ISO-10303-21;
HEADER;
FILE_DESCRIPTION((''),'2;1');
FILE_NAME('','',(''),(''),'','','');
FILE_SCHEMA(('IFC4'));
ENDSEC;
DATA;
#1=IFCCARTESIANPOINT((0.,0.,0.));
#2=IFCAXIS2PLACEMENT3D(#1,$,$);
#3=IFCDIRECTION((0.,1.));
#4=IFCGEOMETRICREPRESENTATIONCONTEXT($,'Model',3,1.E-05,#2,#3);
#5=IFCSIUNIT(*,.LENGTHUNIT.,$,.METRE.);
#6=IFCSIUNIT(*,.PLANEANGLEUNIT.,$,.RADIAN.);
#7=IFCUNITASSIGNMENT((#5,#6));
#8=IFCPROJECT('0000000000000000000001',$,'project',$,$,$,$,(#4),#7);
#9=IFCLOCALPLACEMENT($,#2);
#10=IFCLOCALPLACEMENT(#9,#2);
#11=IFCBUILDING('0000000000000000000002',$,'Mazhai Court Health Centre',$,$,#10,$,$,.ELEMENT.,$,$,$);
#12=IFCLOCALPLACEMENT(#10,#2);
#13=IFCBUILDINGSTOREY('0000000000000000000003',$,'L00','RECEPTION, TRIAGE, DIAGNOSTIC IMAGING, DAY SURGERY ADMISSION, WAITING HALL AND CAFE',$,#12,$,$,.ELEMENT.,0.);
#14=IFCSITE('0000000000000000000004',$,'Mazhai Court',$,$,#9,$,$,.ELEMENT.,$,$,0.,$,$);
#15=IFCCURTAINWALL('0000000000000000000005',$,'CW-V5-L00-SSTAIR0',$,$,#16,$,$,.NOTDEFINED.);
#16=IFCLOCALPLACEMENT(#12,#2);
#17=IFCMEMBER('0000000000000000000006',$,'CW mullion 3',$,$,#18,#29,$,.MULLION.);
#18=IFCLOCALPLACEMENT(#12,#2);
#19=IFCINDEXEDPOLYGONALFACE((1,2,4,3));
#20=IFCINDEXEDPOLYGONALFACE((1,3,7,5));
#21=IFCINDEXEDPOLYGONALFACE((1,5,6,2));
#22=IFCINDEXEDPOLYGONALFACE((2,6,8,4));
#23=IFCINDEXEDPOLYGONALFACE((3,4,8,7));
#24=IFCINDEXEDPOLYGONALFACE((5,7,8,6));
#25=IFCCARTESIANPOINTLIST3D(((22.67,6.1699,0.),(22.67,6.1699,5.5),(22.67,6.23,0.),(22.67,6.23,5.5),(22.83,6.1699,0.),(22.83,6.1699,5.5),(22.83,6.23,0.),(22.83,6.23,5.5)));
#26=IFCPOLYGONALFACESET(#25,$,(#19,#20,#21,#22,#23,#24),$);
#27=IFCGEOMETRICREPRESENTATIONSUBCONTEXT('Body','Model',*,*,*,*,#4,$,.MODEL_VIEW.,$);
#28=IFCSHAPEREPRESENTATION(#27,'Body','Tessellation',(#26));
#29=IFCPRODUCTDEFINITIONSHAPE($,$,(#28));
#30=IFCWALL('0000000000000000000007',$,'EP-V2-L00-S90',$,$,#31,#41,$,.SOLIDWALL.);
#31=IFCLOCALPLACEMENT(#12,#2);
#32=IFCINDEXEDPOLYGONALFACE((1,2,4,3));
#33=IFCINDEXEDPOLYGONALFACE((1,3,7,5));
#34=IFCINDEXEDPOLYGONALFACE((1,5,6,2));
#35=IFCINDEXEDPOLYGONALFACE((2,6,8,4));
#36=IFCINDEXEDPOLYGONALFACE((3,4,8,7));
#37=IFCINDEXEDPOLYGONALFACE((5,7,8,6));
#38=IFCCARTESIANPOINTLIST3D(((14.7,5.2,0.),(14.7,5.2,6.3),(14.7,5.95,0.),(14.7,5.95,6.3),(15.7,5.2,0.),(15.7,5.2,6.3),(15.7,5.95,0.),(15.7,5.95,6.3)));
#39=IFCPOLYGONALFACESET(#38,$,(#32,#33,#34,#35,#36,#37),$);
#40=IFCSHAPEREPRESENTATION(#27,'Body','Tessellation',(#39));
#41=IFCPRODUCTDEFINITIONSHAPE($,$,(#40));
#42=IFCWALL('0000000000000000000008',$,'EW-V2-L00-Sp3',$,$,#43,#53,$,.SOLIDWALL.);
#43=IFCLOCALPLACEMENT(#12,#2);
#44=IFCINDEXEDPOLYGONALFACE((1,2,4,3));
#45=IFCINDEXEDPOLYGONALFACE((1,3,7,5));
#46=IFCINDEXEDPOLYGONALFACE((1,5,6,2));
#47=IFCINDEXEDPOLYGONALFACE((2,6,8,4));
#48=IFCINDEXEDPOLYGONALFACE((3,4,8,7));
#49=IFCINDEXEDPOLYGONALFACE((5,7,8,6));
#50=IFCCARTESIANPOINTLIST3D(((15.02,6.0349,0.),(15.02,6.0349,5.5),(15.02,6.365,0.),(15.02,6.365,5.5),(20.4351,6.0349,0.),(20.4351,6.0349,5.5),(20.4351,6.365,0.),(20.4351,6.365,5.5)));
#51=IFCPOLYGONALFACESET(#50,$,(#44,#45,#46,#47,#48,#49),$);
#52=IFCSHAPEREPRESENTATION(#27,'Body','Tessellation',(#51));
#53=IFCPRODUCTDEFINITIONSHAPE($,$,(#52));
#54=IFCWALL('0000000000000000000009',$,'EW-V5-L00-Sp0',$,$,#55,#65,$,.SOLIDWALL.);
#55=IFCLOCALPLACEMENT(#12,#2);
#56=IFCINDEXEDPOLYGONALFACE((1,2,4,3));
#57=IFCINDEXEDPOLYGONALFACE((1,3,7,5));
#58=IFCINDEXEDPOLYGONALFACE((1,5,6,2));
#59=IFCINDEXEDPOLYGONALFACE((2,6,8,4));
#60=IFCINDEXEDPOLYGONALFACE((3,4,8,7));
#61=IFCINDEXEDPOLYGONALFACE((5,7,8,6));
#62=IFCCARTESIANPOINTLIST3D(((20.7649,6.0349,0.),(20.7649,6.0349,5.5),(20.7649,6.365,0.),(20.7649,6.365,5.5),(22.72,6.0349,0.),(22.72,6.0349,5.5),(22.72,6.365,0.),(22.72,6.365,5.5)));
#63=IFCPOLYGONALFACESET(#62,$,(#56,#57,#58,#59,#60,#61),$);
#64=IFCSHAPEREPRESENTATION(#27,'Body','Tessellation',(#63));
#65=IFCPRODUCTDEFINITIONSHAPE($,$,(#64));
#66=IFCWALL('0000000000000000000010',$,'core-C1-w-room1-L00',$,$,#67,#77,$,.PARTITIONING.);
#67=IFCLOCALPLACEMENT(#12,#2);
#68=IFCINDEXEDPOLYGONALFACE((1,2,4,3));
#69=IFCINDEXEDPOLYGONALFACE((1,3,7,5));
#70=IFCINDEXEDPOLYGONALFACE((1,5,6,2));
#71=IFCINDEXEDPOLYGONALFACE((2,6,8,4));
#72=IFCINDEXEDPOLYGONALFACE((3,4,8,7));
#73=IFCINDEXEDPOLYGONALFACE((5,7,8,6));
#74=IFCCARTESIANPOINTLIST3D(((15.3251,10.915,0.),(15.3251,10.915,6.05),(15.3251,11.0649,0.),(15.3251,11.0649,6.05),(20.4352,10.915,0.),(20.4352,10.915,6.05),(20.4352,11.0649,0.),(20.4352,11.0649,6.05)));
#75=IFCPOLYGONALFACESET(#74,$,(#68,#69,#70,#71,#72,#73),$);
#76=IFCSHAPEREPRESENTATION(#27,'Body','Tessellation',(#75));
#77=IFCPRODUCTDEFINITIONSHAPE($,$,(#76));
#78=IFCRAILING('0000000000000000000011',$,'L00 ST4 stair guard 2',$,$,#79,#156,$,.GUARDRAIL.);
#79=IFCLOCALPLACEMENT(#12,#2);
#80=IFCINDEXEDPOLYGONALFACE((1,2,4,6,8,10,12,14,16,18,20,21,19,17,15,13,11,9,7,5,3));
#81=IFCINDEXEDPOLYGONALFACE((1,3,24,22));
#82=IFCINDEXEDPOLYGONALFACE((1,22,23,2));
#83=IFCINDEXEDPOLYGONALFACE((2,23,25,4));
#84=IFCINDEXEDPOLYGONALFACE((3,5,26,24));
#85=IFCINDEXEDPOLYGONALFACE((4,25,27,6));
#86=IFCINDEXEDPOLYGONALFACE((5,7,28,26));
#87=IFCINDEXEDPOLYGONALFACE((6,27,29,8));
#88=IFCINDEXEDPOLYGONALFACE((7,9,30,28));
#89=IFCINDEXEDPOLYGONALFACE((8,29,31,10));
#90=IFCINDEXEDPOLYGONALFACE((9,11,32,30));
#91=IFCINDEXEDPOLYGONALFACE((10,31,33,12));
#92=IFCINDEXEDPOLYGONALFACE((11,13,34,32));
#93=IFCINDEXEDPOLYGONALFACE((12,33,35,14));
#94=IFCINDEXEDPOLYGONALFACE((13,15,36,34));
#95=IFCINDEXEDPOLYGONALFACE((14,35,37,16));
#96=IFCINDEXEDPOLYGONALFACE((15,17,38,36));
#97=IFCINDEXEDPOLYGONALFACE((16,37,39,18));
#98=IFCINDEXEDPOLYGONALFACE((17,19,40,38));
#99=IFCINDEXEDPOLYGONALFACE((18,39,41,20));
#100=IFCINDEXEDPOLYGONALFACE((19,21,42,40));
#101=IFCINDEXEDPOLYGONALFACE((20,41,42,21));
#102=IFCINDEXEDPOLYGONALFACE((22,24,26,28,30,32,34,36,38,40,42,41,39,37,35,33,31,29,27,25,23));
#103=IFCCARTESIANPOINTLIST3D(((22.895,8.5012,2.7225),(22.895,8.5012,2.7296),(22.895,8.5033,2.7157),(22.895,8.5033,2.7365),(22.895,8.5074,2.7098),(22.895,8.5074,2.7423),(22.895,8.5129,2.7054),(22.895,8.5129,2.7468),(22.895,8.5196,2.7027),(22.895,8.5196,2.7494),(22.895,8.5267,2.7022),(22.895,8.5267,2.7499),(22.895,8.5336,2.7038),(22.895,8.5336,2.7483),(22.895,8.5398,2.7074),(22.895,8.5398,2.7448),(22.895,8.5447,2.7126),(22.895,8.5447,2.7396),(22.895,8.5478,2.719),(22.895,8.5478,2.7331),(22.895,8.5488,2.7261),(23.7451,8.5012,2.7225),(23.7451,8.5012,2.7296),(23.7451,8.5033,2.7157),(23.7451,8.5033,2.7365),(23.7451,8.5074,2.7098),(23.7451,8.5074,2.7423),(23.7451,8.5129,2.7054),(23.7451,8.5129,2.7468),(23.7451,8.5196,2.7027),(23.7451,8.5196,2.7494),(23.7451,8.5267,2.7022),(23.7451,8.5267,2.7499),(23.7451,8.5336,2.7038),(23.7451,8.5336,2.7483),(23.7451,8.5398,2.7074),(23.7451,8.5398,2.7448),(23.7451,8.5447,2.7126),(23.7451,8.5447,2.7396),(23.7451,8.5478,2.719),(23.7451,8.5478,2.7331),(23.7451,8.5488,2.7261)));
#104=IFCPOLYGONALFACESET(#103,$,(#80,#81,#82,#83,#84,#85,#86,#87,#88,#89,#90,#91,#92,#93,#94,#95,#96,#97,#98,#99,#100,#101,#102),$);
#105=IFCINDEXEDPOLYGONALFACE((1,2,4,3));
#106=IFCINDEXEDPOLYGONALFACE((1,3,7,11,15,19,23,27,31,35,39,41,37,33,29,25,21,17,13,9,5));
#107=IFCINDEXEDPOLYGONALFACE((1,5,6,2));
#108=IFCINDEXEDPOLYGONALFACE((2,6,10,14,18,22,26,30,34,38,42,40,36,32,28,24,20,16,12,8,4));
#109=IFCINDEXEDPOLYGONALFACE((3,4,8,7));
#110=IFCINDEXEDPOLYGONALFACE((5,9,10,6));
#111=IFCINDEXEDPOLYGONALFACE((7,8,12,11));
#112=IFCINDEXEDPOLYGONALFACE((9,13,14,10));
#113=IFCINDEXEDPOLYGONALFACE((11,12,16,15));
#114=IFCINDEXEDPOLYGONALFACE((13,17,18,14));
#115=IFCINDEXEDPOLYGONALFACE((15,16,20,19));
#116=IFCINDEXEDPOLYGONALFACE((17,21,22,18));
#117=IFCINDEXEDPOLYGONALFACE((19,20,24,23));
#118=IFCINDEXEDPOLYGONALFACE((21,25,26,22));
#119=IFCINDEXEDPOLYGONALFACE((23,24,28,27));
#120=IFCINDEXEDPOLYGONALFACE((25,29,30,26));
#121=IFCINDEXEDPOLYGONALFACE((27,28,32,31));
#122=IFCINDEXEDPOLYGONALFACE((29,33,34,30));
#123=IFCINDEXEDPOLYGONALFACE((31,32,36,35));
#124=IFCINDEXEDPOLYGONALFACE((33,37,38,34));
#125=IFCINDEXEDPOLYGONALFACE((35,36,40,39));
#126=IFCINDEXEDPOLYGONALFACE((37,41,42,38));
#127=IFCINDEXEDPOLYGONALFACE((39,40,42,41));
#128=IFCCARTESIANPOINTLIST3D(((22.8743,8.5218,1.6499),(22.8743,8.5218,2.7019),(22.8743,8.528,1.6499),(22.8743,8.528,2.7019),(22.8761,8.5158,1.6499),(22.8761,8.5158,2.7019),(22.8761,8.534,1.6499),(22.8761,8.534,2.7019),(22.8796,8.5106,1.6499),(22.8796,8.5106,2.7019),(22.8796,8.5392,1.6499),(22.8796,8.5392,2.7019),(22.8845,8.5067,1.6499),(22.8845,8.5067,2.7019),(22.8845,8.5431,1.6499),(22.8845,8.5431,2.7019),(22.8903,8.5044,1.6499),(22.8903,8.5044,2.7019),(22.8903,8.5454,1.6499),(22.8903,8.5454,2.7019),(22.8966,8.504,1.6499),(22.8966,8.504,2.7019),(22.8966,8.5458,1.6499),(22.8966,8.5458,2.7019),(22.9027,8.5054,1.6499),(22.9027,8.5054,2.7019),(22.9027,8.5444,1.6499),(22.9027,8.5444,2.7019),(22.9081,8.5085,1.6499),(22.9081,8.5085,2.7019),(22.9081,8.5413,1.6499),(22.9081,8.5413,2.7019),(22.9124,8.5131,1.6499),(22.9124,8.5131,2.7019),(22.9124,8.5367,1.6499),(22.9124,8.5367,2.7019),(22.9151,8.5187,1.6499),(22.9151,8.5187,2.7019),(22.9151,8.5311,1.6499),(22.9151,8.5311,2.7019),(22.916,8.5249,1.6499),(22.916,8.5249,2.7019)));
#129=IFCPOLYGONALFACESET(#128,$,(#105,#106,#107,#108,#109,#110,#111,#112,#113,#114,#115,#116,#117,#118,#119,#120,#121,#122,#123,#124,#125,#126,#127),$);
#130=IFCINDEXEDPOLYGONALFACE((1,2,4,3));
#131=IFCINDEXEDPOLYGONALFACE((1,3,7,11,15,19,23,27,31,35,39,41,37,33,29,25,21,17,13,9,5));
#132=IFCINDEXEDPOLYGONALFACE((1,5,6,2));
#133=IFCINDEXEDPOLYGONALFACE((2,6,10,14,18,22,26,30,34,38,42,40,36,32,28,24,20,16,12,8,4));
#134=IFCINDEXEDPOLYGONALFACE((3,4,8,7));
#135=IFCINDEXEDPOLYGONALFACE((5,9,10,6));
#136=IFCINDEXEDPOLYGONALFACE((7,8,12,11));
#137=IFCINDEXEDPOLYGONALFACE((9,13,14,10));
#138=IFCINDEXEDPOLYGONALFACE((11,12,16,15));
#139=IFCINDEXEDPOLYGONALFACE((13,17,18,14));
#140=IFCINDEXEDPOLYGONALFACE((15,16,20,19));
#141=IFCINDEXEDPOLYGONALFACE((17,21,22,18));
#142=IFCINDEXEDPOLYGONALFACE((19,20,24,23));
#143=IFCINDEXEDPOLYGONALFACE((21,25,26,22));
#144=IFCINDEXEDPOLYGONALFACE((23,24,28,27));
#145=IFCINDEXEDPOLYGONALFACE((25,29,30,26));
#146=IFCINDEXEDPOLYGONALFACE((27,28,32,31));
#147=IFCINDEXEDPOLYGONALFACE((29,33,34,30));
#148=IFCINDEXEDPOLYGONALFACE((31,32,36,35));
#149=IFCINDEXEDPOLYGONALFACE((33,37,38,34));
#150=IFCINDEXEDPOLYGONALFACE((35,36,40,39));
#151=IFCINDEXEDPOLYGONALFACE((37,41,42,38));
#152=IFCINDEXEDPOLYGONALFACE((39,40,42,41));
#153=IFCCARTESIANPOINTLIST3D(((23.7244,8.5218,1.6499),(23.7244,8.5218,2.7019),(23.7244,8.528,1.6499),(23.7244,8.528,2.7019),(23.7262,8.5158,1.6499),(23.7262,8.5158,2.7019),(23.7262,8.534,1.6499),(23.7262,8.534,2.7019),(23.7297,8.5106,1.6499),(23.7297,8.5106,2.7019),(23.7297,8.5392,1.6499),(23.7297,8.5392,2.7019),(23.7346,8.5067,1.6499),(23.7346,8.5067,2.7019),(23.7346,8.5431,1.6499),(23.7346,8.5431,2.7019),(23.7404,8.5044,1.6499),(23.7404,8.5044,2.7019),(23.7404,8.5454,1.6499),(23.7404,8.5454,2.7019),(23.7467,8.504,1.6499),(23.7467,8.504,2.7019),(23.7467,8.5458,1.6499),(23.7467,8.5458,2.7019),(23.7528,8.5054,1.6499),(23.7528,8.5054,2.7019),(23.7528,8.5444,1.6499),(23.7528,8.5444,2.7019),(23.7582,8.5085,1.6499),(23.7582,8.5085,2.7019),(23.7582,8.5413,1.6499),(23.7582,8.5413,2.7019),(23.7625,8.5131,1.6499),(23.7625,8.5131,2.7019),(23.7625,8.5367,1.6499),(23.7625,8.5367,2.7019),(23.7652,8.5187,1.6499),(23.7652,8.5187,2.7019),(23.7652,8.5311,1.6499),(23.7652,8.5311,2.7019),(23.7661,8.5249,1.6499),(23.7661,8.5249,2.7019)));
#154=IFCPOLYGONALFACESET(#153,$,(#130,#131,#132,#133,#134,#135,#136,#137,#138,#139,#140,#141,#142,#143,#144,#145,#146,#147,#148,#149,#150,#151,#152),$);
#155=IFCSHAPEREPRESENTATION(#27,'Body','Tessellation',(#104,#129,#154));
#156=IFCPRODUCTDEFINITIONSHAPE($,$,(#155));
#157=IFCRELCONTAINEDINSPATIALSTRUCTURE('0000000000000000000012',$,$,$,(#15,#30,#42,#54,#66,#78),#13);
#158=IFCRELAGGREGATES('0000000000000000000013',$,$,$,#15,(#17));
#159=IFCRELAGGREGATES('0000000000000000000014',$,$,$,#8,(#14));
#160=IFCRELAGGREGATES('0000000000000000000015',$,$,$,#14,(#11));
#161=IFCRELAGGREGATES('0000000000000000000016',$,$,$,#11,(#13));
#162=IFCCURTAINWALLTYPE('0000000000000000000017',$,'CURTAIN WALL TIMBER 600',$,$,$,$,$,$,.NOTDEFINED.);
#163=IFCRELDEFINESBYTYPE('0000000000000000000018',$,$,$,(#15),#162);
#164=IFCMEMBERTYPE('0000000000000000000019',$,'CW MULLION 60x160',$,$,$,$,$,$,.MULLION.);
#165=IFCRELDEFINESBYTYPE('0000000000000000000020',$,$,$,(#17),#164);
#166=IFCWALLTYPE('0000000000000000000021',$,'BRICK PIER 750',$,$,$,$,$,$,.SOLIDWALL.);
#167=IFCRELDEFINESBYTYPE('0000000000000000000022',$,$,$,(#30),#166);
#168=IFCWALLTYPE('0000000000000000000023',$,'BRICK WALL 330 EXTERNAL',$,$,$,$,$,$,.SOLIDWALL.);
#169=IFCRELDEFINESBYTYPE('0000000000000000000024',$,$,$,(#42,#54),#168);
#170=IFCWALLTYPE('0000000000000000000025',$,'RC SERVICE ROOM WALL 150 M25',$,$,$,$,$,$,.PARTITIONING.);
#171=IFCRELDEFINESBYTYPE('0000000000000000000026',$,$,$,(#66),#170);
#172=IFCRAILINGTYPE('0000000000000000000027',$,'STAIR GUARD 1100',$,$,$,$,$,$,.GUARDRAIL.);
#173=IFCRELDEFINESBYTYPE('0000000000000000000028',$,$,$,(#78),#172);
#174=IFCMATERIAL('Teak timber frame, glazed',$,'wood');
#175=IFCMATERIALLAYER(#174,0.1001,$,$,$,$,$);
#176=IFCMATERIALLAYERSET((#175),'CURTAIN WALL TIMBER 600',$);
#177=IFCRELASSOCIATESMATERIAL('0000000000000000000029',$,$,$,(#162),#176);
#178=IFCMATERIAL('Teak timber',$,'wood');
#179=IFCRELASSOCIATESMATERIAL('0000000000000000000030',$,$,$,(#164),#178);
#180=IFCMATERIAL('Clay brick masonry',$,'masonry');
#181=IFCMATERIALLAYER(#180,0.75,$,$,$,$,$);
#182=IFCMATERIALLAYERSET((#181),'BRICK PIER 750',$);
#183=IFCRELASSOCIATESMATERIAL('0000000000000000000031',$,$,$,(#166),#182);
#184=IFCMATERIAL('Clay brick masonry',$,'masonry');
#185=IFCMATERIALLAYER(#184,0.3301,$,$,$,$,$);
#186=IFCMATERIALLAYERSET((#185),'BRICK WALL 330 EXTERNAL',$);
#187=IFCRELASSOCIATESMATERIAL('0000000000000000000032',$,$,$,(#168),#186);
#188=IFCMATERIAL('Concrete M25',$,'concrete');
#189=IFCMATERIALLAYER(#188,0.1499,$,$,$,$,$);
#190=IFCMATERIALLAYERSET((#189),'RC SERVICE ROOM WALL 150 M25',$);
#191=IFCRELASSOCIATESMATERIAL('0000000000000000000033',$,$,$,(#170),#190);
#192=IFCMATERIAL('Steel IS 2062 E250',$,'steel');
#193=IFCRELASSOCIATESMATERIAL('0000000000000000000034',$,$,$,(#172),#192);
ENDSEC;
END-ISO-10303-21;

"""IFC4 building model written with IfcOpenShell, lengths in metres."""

from ifc_helpers import new_model, si_unit, direction, frame, frame_2d, origin, origin_2d, place, context, subcontext, project, spatial, rectangle, circle, extrude, material, layer, layer_set, material_profile, profile_set, type_object, element, aggregate, save


model = new_model("IFC4")

# Units and contexts
model_context = context("Model", 3, precision=1e-05, world=origin(), true_north=direction((0.0, 1.0)))
body_context = subcontext(model_context, "Body", "Model", "MODEL_VIEW")
ifc_project = project(units=[si_unit("LENGTHUNIT", "METRE"), si_unit("PLANEANGLEUNIT", "RADIAN")], contexts=[model_context])

# Site, building, storey
site_placement = place(None, origin())
site = spatial("IfcSite", under=ifc_project, at=site_placement, Name="Mazhai Court", CompositionType="ELEMENT", RefElevation=0.0)
building_placement = place(site_placement, origin())
building = spatial("IfcBuilding", under=site, at=building_placement, Name="Mazhai Court Health Centre", CompositionType="ELEMENT")
storey_placement = place(building_placement, origin())
storey = spatial("IfcBuildingStorey", under=building, at=storey_placement, Name="L00", Description="RECEPTION, TRIAGE, DIAGNOSTIC IMAGING, DAY SURGERY ADMISSION, WAITING HALL AND CAFE", CompositionType="ELEMENT", Elevation=0.0)

# Curtain wall, member
ifc_material_1 = material(Name="Teak timber frame, glazed", Category="wood")
ifc_layer_1 = layer(ifc_material_1, 0.1001)
ifc_layer_set_1 = layer_set([ifc_layer_1], Name="CURTAIN WALL TIMBER 600")
curtain_wall_type = type_object("IfcCurtainWallType", Name="CURTAIN WALL TIMBER 600", PredefinedType="NOTDEFINED", material=ifc_layer_set_1)
curtain_wall_placement = place(storey_placement, origin())
curtain_wall = element("IfcCurtainWall", 1, at=curtain_wall_placement, inside=storey, type_object=curtain_wall_type, Name="CW-V5-L00-SSTAIR0", PredefinedType="NOTDEFINED")
ifc_material_2 = material(Name="Teak timber", Category="wood")
ifc_material_profile_1 = material_profile(ifc_material_2, rectangle(XDim=0.0601, YDim=0.1599, at=origin_2d()), Name="CW MULLION 60x160")
ifc_profile_set_1 = profile_set([ifc_material_profile_1], Name="Teak timber")
member_type = type_object("IfcMemberType", Name="CW MULLION 60x160", PredefinedType="MULLION", material=ifc_profile_set_1)
member_placement = place(storey_placement, frame((22.75, 6.2, 0.0), z_axis=(0.0, 0.0, 1.0), x_axis=(0.0, -1.0, 0.0)))
member = element("IfcMember", 2, at=member_placement, type_object=member_type, Name="CW mullion 3", PredefinedType="MULLION", context=body_context, shape_type="SweptSolid", body=[
    extrude(rectangle(XDim=0.0601, YDim=0.1599, at=origin_2d()), origin(), (0.0, 0.0, 1.0), 5.5),
])
aggregate(curtain_wall, [member])

# Walls
ifc_material_3 = material(Name="Clay brick masonry", Category="masonry")
ifc_layer_2 = layer(ifc_material_3, 0.75)
ifc_layer_set_2 = layer_set([ifc_layer_2], Name="BRICK PIER 750")
wall_type_1 = type_object("IfcWallType", Name="BRICK PIER 750", PredefinedType="SOLIDWALL", material=ifc_layer_set_2)
wall_1_placement = place(storey_placement, frame((15.7, 5.575, 0.0), z_axis=(0.0, 0.0, 1.0), x_axis=(-1.0, 0.0, 0.0)))
element("IfcWall", 3, at=wall_1_placement, inside=storey, type_object=wall_type_1, Name="EP-V2-L00-S90", PredefinedType="SOLIDWALL", context=body_context, shape_type="SweptSolid", body=[
    extrude(rectangle(XDim=1.0, YDim=0.75, at=frame_2d((0.5, 0.0))), origin(), (0.0, 0.0, 1.0), 6.3),
])
ifc_material_4 = material(Name="Clay brick masonry", Category="masonry")
ifc_layer_3 = layer(ifc_material_4, 0.3301)
ifc_layer_set_3 = layer_set([ifc_layer_3], Name="BRICK WALL 330 EXTERNAL")
wall_type_2 = type_object("IfcWallType", Name="BRICK WALL 330 EXTERNAL", PredefinedType="SOLIDWALL", material=ifc_layer_set_3)
wall_2_placement = place(storey_placement, frame((20.4351, 6.2, 0.0), z_axis=(0.0, 0.0, 1.0), x_axis=(-1.0, 0.0, 0.0)))
element("IfcWall", 4, at=wall_2_placement, inside=storey, type_object=wall_type_2, Name="EW-V2-L00-Sp3", PredefinedType="SOLIDWALL", context=body_context, shape_type="SweptSolid", body=[
    extrude(rectangle(XDim=5.415, YDim=0.3301, at=frame_2d((2.7075, 0.0))), origin(), (0.0, 0.0, 1.0), 5.5),
])
wall_3_placement = place(storey_placement, frame((22.72, 6.2, 0.0), z_axis=(0.0, 0.0, 1.0), x_axis=(-1.0, 0.0, 0.0)))
element("IfcWall", 5, at=wall_3_placement, inside=storey, type_object=wall_type_2, Name="EW-V5-L00-Sp0", PredefinedType="SOLIDWALL", context=body_context, shape_type="SweptSolid", body=[
    extrude(rectangle(XDim=1.9551, YDim=0.3301, at=frame_2d((0.9775, 0.0))), origin(), (0.0, 0.0, 1.0), 5.5),
])
ifc_material_5 = material(Name="Concrete M25", Category="concrete")
ifc_layer_4 = layer(ifc_material_5, 0.1499)
ifc_layer_set_4 = layer_set([ifc_layer_4], Name="RC SERVICE ROOM WALL 150 M25")
wall_type_3 = type_object("IfcWallType", Name="RC SERVICE ROOM WALL 150 M25", PredefinedType="PARTITIONING", material=ifc_layer_set_4)
wall_4_placement = place(storey_placement, frame((15.325, 10.99, 0.0), z_axis=(0.0, 0.0, 1.0), x_axis=(1.0, 0.0, 0.0)))
element("IfcWall", 6, at=wall_4_placement, inside=storey, type_object=wall_type_3, Name="core-C1-w-room1-L00", PredefinedType="PARTITIONING", context=body_context, shape_type="SweptSolid", body=[
    extrude(rectangle(XDim=5.1101, YDim=0.1499, at=frame_2d((2.5552, 0.0))), origin(), (0.0, 0.0, 1.0), 6.05),
])

# Railing
ifc_material_6 = material(Name="Steel IS 2062 E250", Category="steel")
railing_type_1 = type_object("IfcRailingType", Name="STAIR GUARD 1100", PredefinedType="GUARDRAIL", material=ifc_material_6)
railing_1_placement = place(storey_placement, frame((22.895, 8.5249, 1.6499)))
element("IfcRailing", 7, at=railing_1_placement, inside=storey, type_object=railing_type_1, Name="L00 ST4 stair guard 2", PredefinedType="GUARDRAIL", context=body_context, shape_type="SweptSolid", body=[
    extrude(circle(Radius=0.0239, at=origin_2d()), frame((0.0, 0.0, 1.0762), z_axis=(1.0, 0.0, 0.0), x_axis=(0.0, 1.0, 0.0)), (0.0, 0.0, 1.0), 0.8501),
    extrude(circle(Radius=0.021, at=origin_2d()), origin(), (0.0, 0.0, 1.0), 1.052),
    extrude(circle(Radius=0.021, at=origin_2d()), frame((0.8501, 0.0, 0.0)), (0.0, 0.0, 1.0), 1.052),
])

save(model, "model.ifc")
